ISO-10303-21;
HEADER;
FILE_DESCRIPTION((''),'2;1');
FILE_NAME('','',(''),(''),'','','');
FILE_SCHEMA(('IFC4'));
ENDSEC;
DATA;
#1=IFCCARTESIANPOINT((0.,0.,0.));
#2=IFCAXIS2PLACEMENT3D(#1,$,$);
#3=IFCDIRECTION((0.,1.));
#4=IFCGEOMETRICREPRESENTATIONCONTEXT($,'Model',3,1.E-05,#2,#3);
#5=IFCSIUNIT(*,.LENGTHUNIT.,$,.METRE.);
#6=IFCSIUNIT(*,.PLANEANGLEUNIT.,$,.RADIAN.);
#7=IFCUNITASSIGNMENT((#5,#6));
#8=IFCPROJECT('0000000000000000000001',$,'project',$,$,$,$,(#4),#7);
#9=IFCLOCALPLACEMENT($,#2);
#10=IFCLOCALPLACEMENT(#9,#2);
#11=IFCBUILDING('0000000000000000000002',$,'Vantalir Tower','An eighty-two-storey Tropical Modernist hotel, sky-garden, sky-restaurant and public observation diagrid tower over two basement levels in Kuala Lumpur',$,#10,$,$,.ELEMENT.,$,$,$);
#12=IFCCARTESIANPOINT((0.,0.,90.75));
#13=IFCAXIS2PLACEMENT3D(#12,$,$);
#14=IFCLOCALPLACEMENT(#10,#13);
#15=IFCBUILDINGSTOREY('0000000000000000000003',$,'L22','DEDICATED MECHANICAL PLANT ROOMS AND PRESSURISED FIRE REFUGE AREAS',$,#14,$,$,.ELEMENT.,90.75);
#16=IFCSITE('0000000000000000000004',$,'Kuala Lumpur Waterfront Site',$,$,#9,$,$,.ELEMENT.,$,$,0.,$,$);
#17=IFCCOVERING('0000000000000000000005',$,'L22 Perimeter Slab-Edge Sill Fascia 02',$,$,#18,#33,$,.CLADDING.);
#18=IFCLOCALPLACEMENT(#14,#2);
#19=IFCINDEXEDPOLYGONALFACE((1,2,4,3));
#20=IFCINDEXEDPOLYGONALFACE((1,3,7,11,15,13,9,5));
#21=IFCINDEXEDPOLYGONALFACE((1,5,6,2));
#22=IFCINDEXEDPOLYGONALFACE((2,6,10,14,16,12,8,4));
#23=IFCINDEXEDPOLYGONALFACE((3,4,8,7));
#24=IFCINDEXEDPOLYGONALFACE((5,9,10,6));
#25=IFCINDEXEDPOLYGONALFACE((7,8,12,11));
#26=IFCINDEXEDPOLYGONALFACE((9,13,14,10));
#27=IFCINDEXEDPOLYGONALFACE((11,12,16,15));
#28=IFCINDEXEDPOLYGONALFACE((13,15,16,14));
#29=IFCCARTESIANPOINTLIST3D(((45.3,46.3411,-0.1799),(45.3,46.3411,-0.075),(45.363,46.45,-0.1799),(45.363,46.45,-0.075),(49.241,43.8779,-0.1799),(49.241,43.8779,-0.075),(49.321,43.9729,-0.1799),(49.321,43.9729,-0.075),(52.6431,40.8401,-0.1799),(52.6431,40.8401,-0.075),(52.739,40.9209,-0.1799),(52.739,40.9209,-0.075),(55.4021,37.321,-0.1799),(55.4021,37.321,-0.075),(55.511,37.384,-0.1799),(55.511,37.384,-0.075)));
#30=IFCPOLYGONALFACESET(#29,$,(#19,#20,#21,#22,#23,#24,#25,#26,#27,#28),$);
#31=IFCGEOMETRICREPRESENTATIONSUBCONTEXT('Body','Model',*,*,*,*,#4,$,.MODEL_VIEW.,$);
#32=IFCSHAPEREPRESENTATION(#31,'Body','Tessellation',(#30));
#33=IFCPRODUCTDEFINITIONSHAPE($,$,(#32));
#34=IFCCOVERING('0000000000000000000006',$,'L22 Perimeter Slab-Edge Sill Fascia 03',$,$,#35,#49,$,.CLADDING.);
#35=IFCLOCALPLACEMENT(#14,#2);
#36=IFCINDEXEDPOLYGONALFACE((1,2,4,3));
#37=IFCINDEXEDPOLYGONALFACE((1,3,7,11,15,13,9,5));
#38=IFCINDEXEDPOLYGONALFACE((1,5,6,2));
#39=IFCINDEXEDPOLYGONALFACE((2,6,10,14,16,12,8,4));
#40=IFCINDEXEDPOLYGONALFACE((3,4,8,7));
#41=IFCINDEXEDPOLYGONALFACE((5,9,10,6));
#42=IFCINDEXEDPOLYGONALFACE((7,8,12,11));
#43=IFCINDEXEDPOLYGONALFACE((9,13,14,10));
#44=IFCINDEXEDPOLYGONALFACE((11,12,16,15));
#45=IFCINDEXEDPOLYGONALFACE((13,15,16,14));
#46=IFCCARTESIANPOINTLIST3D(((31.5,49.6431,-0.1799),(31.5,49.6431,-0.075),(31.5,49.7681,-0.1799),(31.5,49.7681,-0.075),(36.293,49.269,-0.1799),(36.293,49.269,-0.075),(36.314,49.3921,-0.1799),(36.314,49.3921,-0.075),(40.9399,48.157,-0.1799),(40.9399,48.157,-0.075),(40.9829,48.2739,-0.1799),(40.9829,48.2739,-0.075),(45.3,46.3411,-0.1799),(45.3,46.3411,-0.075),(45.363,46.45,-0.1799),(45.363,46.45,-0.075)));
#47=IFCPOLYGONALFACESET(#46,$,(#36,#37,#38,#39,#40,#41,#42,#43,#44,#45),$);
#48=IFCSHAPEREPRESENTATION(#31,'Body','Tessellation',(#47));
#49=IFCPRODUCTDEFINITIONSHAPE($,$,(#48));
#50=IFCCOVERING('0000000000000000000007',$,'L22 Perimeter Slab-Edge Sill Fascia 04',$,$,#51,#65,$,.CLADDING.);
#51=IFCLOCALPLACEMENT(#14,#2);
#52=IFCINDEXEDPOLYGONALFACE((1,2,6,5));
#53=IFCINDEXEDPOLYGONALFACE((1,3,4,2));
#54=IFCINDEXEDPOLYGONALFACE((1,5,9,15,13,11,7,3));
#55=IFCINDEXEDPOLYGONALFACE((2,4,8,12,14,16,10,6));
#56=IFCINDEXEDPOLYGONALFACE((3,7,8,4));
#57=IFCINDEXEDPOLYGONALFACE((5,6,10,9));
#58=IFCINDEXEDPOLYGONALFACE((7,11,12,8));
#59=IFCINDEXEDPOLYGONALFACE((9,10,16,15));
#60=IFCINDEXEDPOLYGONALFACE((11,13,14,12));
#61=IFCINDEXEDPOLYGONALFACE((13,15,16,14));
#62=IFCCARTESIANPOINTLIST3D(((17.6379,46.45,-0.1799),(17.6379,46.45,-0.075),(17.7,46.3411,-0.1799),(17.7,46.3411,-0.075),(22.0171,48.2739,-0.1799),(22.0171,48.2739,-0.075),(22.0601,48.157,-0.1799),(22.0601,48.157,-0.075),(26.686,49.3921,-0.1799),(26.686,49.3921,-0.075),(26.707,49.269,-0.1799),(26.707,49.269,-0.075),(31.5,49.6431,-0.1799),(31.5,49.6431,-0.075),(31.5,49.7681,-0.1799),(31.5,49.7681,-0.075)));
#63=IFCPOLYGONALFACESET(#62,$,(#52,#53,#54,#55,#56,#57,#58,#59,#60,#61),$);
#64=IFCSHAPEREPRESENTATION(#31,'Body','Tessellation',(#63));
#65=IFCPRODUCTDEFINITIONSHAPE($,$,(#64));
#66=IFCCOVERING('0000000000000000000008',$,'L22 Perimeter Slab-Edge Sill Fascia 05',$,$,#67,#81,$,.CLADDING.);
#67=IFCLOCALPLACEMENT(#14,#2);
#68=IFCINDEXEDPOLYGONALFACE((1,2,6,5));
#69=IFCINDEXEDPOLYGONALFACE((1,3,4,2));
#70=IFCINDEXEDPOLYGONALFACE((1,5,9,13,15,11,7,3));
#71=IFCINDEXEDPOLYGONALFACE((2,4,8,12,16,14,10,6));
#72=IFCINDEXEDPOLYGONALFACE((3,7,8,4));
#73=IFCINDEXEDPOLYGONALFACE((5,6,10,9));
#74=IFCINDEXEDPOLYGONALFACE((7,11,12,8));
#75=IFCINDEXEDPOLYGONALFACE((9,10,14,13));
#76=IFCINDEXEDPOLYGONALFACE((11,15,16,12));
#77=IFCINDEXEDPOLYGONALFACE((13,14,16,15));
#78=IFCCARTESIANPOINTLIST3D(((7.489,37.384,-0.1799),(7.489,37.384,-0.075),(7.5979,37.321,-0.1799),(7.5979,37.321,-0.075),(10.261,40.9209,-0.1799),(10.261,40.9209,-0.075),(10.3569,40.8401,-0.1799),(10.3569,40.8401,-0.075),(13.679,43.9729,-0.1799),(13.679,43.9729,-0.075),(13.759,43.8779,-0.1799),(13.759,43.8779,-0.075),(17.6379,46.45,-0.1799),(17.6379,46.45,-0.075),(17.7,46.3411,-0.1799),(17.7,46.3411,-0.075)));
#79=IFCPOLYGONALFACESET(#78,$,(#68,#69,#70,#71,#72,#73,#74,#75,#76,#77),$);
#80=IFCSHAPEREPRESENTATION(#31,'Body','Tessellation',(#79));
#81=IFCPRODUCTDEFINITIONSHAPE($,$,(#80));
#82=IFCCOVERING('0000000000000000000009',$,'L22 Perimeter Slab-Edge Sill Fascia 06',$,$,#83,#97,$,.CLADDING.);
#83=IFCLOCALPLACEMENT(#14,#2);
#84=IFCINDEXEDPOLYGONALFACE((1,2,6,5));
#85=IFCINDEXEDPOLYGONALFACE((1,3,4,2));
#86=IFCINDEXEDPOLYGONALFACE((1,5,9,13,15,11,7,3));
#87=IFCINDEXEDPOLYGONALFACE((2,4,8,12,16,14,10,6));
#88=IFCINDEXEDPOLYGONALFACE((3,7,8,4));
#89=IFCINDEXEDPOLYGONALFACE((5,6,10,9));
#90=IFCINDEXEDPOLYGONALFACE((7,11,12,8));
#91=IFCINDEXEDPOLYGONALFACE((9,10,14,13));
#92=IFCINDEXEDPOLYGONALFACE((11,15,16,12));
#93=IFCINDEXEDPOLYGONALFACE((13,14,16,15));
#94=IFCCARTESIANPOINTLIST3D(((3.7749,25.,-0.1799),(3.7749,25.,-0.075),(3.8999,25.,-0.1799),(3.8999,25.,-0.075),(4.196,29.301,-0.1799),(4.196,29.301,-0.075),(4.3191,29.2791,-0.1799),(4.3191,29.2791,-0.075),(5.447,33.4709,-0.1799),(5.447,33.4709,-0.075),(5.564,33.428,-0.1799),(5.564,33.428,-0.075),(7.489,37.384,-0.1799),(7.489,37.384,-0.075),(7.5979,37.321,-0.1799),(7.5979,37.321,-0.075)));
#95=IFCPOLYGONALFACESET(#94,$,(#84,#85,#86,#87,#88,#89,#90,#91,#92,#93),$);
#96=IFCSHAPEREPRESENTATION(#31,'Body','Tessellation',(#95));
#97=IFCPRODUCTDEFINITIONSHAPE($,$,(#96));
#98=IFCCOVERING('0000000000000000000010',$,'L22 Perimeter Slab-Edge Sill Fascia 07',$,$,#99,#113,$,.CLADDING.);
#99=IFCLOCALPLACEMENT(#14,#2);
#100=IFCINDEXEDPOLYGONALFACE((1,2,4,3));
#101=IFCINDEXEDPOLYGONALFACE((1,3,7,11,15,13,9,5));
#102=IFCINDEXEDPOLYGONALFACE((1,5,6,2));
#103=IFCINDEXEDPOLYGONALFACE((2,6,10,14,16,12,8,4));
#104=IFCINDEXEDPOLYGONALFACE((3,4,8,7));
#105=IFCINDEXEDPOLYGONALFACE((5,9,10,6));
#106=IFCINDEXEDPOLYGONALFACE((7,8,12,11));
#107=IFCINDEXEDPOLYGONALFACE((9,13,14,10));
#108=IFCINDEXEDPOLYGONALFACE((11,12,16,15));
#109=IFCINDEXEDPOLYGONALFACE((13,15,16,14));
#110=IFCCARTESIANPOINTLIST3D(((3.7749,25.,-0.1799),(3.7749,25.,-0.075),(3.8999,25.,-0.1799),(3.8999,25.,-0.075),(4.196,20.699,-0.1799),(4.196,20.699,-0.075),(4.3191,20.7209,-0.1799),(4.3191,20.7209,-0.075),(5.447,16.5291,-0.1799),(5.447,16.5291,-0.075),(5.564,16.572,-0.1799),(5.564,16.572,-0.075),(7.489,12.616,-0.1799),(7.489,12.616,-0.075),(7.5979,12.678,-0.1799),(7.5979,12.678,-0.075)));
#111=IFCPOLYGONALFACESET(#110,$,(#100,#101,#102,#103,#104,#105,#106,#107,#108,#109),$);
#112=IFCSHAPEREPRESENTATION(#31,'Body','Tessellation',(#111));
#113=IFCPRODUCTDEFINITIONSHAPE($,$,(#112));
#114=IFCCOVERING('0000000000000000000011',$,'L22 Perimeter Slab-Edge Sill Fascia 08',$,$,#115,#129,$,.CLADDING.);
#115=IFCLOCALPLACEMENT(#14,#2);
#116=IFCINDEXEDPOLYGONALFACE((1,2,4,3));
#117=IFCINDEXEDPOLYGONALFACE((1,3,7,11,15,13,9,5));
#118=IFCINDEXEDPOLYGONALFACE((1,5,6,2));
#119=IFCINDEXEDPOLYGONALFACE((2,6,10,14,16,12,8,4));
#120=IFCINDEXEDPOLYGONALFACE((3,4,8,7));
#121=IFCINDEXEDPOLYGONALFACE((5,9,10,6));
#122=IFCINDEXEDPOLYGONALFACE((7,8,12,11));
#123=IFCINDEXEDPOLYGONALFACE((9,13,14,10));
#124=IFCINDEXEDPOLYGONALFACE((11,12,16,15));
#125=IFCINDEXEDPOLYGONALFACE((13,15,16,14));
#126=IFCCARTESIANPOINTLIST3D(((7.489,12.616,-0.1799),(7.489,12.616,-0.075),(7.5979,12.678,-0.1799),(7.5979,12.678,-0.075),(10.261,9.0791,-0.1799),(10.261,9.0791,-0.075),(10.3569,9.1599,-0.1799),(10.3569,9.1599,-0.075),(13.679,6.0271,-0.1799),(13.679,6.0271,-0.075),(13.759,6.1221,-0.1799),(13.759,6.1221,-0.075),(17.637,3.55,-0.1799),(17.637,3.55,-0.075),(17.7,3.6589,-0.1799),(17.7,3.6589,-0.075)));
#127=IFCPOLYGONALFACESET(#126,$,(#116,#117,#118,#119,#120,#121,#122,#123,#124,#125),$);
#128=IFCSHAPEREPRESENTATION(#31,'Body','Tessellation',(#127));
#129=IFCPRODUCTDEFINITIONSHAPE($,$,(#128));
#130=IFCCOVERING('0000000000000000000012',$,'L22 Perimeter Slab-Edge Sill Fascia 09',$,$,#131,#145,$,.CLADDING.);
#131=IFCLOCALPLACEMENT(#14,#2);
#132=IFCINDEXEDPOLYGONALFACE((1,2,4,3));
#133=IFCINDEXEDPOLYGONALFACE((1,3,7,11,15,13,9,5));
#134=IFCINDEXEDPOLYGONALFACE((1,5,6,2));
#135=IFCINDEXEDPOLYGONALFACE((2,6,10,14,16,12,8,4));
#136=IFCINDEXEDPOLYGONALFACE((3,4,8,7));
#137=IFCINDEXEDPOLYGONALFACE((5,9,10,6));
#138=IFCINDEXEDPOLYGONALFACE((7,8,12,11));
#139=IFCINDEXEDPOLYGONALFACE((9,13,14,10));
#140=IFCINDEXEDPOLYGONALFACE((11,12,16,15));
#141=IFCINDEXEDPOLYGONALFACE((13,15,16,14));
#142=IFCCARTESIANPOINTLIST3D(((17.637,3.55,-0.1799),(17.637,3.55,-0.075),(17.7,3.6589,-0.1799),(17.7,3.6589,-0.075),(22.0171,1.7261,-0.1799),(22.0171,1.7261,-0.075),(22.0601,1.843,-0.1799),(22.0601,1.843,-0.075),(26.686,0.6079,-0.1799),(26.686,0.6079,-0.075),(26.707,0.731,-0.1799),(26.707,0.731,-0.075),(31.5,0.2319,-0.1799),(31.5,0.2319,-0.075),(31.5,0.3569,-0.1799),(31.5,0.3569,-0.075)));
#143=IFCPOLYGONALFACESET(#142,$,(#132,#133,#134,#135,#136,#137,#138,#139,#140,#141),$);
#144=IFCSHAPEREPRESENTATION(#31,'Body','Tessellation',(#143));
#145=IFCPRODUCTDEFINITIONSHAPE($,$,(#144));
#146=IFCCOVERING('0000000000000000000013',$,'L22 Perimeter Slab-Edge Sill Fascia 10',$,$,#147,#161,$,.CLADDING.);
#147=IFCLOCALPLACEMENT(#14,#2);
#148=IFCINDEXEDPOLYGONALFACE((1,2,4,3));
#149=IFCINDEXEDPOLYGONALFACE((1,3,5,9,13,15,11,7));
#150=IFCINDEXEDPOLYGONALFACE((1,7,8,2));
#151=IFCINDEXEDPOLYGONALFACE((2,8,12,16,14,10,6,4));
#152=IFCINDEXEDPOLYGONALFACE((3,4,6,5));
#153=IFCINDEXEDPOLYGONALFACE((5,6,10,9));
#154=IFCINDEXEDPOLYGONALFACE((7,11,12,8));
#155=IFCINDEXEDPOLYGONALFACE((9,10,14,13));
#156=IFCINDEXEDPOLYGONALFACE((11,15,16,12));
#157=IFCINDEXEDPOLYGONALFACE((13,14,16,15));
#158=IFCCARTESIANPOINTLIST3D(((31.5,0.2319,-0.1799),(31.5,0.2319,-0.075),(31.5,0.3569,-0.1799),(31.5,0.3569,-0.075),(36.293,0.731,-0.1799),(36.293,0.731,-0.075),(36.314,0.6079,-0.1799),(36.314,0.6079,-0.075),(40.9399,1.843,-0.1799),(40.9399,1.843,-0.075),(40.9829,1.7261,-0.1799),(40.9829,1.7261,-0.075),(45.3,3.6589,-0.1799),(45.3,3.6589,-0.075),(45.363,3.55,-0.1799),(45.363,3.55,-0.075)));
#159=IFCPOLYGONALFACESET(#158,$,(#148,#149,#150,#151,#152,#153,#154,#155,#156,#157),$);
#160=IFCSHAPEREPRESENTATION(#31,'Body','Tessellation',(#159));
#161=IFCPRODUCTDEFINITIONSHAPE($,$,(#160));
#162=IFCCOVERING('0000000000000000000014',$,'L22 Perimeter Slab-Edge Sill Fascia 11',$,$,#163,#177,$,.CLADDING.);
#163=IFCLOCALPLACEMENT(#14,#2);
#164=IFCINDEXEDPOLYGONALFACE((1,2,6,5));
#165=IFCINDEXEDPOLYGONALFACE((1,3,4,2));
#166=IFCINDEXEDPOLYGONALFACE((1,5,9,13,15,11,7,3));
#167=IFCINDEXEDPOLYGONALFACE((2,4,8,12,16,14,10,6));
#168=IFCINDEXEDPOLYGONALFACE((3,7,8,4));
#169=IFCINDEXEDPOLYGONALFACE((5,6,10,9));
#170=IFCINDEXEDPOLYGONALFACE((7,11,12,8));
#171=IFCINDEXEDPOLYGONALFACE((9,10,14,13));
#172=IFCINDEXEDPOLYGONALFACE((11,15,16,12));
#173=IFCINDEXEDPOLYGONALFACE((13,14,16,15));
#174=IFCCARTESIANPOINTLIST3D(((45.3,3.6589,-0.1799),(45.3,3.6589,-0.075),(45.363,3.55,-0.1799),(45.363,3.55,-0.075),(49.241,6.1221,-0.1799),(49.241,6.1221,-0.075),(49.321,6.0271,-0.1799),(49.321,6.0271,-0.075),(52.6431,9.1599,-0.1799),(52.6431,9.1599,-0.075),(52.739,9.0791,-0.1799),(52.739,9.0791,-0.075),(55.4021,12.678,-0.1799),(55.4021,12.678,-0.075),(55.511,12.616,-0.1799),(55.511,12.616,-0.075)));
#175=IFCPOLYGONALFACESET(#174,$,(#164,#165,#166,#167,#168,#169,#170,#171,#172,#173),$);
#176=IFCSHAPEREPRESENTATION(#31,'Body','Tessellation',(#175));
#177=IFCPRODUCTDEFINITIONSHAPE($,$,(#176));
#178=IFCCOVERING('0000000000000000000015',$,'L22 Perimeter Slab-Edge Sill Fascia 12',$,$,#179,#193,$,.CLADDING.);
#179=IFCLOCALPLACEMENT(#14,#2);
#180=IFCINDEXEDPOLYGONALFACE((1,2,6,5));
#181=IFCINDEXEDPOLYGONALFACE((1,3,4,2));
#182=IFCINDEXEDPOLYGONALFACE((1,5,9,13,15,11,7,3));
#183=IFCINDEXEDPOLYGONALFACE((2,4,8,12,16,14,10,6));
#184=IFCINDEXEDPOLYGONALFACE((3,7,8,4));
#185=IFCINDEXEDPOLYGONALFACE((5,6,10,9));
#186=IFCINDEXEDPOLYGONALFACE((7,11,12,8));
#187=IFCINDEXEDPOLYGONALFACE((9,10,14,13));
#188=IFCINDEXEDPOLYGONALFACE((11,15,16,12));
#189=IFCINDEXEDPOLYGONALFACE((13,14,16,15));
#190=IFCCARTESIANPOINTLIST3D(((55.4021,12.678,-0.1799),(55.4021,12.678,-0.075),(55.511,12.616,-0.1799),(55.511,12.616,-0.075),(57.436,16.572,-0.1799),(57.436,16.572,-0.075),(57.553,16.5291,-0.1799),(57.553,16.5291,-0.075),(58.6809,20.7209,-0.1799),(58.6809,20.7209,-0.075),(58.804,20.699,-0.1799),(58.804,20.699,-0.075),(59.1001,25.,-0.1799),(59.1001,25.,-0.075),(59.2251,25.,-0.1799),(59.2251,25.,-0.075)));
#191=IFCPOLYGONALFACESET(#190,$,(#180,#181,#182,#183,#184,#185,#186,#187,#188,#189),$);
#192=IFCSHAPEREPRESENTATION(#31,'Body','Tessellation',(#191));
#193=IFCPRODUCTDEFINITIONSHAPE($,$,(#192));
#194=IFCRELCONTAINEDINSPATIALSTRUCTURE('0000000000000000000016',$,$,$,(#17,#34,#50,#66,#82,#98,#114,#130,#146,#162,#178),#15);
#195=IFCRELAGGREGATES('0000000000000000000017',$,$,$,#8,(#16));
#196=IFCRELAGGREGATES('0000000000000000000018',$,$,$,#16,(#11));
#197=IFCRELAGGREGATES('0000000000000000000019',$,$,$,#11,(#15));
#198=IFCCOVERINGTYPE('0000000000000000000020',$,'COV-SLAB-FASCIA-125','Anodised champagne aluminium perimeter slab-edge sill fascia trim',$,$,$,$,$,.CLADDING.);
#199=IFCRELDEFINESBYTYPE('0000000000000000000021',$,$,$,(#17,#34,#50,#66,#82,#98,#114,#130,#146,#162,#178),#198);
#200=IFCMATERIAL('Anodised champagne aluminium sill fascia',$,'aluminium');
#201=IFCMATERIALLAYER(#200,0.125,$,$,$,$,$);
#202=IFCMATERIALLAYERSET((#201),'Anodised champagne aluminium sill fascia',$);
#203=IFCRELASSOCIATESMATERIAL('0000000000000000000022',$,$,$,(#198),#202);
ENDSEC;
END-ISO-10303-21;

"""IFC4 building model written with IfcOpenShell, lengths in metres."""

from ifc_helpers import new_model, si_unit, direction, frame, origin, place, context, subcontext, project, spatial, polyline, outline, extrude, material, layer, layer_set, type_object, element, save


model = new_model("IFC4")

# Units and contexts
model_context = context("Model", 3, precision=1e-05, world=origin(), true_north=direction((0.0, 1.0)))
body_context = subcontext(model_context, "Body", "Model", "MODEL_VIEW")
ifc_project = project(units=[si_unit("LENGTHUNIT", "METRE"), si_unit("PLANEANGLEUNIT", "RADIAN")], contexts=[model_context])

# Site, building, storey
site_placement = place(None, origin())
site = spatial("IfcSite", under=ifc_project, at=site_placement, Name="Kuala Lumpur Waterfront Site", CompositionType="ELEMENT", RefElevation=0.0)
building_placement = place(site_placement, origin())
building = spatial("IfcBuilding", under=site, at=building_placement, Name="Vantalir Tower", Description="An eighty-two-storey Tropical Modernist hotel, sky-garden, sky-restaurant and public observation diagrid tower over two basement levels in Kuala Lumpur", CompositionType="ELEMENT")
storey_placement = place(building_placement, frame((0.0, 0.0, 90.75)))
storey = spatial("IfcBuildingStorey", under=building, at=storey_placement, Name="L22", Description="DEDICATED MECHANICAL PLANT ROOMS AND PRESSURISED FIRE REFUGE AREAS", CompositionType="ELEMENT", Elevation=90.75)

# Coverings
ifc_material_1 = material(Name="Anodised champagne aluminium sill fascia", Category="aluminium")
ifc_layer_1 = layer(ifc_material_1, 0.125)
ifc_layer_set_1 = layer_set([ifc_layer_1], Name="Anodised champagne aluminium sill fascia")
covering_type_1 = type_object("IfcCoveringType", Name="COV-SLAB-FASCIA-125", Description="Anodised champagne aluminium perimeter slab-edge sill fascia trim", PredefinedType="CLADDING", material=ifc_layer_set_1)
covering_1_placement = place(storey_placement, frame((0.0, 0.0, -0.1799)))
element("IfcCovering", 1, at=covering_1_placement, inside=storey, type_object=covering_type_1, Name="L22 Perimeter Slab-Edge Sill Fascia 02", PredefinedType="CLADDING", context=body_context, shape_type="SweptSolid", body=[
    extrude(outline(polyline([(55.511, 37.384), (52.739, 40.9209), (49.321, 43.9729), (45.363, 46.45), (45.3, 46.3411), (49.241, 43.8779), (52.6431, 40.8401), (55.4021, 37.321), (55.511, 37.384)])), origin(), (0.0, 0.0, 1.0), 0.105),
])
covering_2_placement = place(storey_placement, frame((0.0, 0.0, -0.1799)))
element("IfcCovering", 2, at=covering_2_placement, inside=storey, type_object=covering_type_1, Name="L22 Perimeter Slab-Edge Sill Fascia 03", PredefinedType="CLADDING", context=body_context, shape_type="SweptSolid", body=[
    extrude(outline(polyline([(45.363, 46.45), (40.9829, 48.2739), (36.314, 49.3921), (31.5, 49.7681), (31.5, 49.6431), (36.293, 49.269), (40.9399, 48.157), (45.3, 46.3411), (45.363, 46.45)])), origin(), (0.0, 0.0, 1.0), 0.105),
])
covering_3_placement = place(storey_placement, frame((0.0, 0.0, -0.1799)))
element("IfcCovering", 3, at=covering_3_placement, inside=storey, type_object=covering_type_1, Name="L22 Perimeter Slab-Edge Sill Fascia 04", PredefinedType="CLADDING", context=body_context, shape_type="SweptSolid", body=[
    extrude(outline(polyline([(31.5, 49.7681), (26.686, 49.3921), (22.0171, 48.2739), (17.6379, 46.45), (17.7, 46.3411), (22.0601, 48.157), (26.707, 49.269), (31.5, 49.6431), (31.5, 49.7681)])), origin(), (0.0, 0.0, 1.0), 0.105),
])
covering_4_placement = place(storey_placement, frame((0.0, 0.0, -0.1799)))
element("IfcCovering", 4, at=covering_4_placement, inside=storey, type_object=covering_type_1, Name="L22 Perimeter Slab-Edge Sill Fascia 05", PredefinedType="CLADDING", context=body_context, shape_type="SweptSolid", body=[
    extrude(outline(polyline([(17.6379, 46.45), (13.679, 43.9729), (10.261, 40.9209), (7.489, 37.384), (7.5979, 37.321), (10.3569, 40.8401), (13.759, 43.8779), (17.7, 46.3411), (17.6379, 46.45)])), origin(), (0.0, 0.0, 1.0), 0.105),
])
covering_5_placement = place(storey_placement, frame((0.0, 0.0, -0.1799)))
element("IfcCovering", 5, at=covering_5_placement, inside=storey, type_object=covering_type_1, Name="L22 Perimeter Slab-Edge Sill Fascia 06", PredefinedType="CLADDING", context=body_context, shape_type="SweptSolid", body=[
    extrude(outline(polyline([(7.489, 37.384), (5.447, 33.4709), (4.196, 29.301), (3.7749, 25.0), (3.8999, 25.0), (4.3191, 29.2791), (5.564, 33.428), (7.5979, 37.321), (7.489, 37.384)])), origin(), (0.0, 0.0, 1.0), 0.105),
])
covering_6_placement = place(storey_placement, frame((0.0, 0.0, -0.1799)))
element("IfcCovering", 6, at=covering_6_placement, inside=storey, type_object=covering_type_1, Name="L22 Perimeter Slab-Edge Sill Fascia 07", PredefinedType="CLADDING", context=body_context, shape_type="SweptSolid", body=[
    extrude(outline(polyline([(3.7749, 25.0), (4.196, 20.699), (5.447, 16.5291), (7.489, 12.616), (7.5979, 12.678), (5.564, 16.572), (4.3191, 20.7209), (3.8999, 25.0), (3.7749, 25.0)])), origin(), (0.0, 0.0, 1.0), 0.105),
])
covering_7_placement = place(storey_placement, frame((0.0, 0.0, -0.1799)))
element("IfcCovering", 7, at=covering_7_placement, inside=storey, type_object=covering_type_1, Name="L22 Perimeter Slab-Edge Sill Fascia 08", PredefinedType="CLADDING", context=body_context, shape_type="SweptSolid", body=[
    extrude(outline(polyline([(7.489, 12.616), (10.261, 9.0791), (13.679, 6.0271), (17.637, 3.55), (17.7, 3.6589), (13.759, 6.1221), (10.3569, 9.1599), (7.5979, 12.678), (7.489, 12.616)])), origin(), (0.0, 0.0, 1.0), 0.105),
])
covering_8_placement = place(storey_placement, frame((0.0, 0.0, -0.1799)))
element("IfcCovering", 8, at=covering_8_placement, inside=storey, type_object=covering_type_1, Name="L22 Perimeter Slab-Edge Sill Fascia 09", PredefinedType="CLADDING", context=body_context, shape_type="SweptSolid", body=[
    extrude(outline(polyline([(17.637, 3.55), (22.0171, 1.7261), (26.686, 0.6079), (31.5, 0.2319), (31.5, 0.3569), (26.707, 0.731), (22.0601, 1.843), (17.7, 3.6589), (17.637, 3.55)])), origin(), (0.0, 0.0, 1.0), 0.105),
])
covering_9_placement = place(storey_placement, frame((0.0, 0.0, -0.1799)))
element("IfcCovering", 9, at=covering_9_placement, inside=storey, type_object=covering_type_1, Name="L22 Perimeter Slab-Edge Sill Fascia 10", PredefinedType="CLADDING", context=body_context, shape_type="SweptSolid", body=[
    extrude(outline(polyline([(31.5, 0.2319), (36.314, 0.6079), (40.9829, 1.7261), (45.363, 3.55), (45.3, 3.6589), (40.9399, 1.843), (36.293, 0.731), (31.5, 0.3569), (31.5, 0.2319)])), origin(), (0.0, 0.0, 1.0), 0.105),
])
covering_10_placement = place(storey_placement, frame((0.0, 0.0, -0.1799)))
element("IfcCovering", 10, at=covering_10_placement, inside=storey, type_object=covering_type_1, Name="L22 Perimeter Slab-Edge Sill Fascia 11", PredefinedType="CLADDING", context=body_context, shape_type="SweptSolid", body=[
    extrude(outline(polyline([(45.363, 3.55), (49.321, 6.0271), (52.739, 9.0791), (55.511, 12.616), (55.4021, 12.678), (52.6431, 9.1599), (49.241, 6.1221), (45.3, 3.6589), (45.363, 3.55)])), origin(), (0.0, 0.0, 1.0), 0.105),
])
covering_11_placement = place(storey_placement, frame((0.0, 0.0, -0.1799)))
element("IfcCovering", 11, at=covering_11_placement, inside=storey, type_object=covering_type_1, Name="L22 Perimeter Slab-Edge Sill Fascia 12", PredefinedType="CLADDING", context=body_context, shape_type="SweptSolid", body=[
    extrude(outline(polyline([(55.511, 12.616), (57.553, 16.5291), (58.804, 20.699), (59.2251, 25.0), (59.1001, 25.0), (58.6809, 20.7209), (57.436, 16.572), (55.4021, 12.678), (55.511, 12.616)])), origin(), (0.0, 0.0, 1.0), 0.105),
])

save(model, "model.ifc")
